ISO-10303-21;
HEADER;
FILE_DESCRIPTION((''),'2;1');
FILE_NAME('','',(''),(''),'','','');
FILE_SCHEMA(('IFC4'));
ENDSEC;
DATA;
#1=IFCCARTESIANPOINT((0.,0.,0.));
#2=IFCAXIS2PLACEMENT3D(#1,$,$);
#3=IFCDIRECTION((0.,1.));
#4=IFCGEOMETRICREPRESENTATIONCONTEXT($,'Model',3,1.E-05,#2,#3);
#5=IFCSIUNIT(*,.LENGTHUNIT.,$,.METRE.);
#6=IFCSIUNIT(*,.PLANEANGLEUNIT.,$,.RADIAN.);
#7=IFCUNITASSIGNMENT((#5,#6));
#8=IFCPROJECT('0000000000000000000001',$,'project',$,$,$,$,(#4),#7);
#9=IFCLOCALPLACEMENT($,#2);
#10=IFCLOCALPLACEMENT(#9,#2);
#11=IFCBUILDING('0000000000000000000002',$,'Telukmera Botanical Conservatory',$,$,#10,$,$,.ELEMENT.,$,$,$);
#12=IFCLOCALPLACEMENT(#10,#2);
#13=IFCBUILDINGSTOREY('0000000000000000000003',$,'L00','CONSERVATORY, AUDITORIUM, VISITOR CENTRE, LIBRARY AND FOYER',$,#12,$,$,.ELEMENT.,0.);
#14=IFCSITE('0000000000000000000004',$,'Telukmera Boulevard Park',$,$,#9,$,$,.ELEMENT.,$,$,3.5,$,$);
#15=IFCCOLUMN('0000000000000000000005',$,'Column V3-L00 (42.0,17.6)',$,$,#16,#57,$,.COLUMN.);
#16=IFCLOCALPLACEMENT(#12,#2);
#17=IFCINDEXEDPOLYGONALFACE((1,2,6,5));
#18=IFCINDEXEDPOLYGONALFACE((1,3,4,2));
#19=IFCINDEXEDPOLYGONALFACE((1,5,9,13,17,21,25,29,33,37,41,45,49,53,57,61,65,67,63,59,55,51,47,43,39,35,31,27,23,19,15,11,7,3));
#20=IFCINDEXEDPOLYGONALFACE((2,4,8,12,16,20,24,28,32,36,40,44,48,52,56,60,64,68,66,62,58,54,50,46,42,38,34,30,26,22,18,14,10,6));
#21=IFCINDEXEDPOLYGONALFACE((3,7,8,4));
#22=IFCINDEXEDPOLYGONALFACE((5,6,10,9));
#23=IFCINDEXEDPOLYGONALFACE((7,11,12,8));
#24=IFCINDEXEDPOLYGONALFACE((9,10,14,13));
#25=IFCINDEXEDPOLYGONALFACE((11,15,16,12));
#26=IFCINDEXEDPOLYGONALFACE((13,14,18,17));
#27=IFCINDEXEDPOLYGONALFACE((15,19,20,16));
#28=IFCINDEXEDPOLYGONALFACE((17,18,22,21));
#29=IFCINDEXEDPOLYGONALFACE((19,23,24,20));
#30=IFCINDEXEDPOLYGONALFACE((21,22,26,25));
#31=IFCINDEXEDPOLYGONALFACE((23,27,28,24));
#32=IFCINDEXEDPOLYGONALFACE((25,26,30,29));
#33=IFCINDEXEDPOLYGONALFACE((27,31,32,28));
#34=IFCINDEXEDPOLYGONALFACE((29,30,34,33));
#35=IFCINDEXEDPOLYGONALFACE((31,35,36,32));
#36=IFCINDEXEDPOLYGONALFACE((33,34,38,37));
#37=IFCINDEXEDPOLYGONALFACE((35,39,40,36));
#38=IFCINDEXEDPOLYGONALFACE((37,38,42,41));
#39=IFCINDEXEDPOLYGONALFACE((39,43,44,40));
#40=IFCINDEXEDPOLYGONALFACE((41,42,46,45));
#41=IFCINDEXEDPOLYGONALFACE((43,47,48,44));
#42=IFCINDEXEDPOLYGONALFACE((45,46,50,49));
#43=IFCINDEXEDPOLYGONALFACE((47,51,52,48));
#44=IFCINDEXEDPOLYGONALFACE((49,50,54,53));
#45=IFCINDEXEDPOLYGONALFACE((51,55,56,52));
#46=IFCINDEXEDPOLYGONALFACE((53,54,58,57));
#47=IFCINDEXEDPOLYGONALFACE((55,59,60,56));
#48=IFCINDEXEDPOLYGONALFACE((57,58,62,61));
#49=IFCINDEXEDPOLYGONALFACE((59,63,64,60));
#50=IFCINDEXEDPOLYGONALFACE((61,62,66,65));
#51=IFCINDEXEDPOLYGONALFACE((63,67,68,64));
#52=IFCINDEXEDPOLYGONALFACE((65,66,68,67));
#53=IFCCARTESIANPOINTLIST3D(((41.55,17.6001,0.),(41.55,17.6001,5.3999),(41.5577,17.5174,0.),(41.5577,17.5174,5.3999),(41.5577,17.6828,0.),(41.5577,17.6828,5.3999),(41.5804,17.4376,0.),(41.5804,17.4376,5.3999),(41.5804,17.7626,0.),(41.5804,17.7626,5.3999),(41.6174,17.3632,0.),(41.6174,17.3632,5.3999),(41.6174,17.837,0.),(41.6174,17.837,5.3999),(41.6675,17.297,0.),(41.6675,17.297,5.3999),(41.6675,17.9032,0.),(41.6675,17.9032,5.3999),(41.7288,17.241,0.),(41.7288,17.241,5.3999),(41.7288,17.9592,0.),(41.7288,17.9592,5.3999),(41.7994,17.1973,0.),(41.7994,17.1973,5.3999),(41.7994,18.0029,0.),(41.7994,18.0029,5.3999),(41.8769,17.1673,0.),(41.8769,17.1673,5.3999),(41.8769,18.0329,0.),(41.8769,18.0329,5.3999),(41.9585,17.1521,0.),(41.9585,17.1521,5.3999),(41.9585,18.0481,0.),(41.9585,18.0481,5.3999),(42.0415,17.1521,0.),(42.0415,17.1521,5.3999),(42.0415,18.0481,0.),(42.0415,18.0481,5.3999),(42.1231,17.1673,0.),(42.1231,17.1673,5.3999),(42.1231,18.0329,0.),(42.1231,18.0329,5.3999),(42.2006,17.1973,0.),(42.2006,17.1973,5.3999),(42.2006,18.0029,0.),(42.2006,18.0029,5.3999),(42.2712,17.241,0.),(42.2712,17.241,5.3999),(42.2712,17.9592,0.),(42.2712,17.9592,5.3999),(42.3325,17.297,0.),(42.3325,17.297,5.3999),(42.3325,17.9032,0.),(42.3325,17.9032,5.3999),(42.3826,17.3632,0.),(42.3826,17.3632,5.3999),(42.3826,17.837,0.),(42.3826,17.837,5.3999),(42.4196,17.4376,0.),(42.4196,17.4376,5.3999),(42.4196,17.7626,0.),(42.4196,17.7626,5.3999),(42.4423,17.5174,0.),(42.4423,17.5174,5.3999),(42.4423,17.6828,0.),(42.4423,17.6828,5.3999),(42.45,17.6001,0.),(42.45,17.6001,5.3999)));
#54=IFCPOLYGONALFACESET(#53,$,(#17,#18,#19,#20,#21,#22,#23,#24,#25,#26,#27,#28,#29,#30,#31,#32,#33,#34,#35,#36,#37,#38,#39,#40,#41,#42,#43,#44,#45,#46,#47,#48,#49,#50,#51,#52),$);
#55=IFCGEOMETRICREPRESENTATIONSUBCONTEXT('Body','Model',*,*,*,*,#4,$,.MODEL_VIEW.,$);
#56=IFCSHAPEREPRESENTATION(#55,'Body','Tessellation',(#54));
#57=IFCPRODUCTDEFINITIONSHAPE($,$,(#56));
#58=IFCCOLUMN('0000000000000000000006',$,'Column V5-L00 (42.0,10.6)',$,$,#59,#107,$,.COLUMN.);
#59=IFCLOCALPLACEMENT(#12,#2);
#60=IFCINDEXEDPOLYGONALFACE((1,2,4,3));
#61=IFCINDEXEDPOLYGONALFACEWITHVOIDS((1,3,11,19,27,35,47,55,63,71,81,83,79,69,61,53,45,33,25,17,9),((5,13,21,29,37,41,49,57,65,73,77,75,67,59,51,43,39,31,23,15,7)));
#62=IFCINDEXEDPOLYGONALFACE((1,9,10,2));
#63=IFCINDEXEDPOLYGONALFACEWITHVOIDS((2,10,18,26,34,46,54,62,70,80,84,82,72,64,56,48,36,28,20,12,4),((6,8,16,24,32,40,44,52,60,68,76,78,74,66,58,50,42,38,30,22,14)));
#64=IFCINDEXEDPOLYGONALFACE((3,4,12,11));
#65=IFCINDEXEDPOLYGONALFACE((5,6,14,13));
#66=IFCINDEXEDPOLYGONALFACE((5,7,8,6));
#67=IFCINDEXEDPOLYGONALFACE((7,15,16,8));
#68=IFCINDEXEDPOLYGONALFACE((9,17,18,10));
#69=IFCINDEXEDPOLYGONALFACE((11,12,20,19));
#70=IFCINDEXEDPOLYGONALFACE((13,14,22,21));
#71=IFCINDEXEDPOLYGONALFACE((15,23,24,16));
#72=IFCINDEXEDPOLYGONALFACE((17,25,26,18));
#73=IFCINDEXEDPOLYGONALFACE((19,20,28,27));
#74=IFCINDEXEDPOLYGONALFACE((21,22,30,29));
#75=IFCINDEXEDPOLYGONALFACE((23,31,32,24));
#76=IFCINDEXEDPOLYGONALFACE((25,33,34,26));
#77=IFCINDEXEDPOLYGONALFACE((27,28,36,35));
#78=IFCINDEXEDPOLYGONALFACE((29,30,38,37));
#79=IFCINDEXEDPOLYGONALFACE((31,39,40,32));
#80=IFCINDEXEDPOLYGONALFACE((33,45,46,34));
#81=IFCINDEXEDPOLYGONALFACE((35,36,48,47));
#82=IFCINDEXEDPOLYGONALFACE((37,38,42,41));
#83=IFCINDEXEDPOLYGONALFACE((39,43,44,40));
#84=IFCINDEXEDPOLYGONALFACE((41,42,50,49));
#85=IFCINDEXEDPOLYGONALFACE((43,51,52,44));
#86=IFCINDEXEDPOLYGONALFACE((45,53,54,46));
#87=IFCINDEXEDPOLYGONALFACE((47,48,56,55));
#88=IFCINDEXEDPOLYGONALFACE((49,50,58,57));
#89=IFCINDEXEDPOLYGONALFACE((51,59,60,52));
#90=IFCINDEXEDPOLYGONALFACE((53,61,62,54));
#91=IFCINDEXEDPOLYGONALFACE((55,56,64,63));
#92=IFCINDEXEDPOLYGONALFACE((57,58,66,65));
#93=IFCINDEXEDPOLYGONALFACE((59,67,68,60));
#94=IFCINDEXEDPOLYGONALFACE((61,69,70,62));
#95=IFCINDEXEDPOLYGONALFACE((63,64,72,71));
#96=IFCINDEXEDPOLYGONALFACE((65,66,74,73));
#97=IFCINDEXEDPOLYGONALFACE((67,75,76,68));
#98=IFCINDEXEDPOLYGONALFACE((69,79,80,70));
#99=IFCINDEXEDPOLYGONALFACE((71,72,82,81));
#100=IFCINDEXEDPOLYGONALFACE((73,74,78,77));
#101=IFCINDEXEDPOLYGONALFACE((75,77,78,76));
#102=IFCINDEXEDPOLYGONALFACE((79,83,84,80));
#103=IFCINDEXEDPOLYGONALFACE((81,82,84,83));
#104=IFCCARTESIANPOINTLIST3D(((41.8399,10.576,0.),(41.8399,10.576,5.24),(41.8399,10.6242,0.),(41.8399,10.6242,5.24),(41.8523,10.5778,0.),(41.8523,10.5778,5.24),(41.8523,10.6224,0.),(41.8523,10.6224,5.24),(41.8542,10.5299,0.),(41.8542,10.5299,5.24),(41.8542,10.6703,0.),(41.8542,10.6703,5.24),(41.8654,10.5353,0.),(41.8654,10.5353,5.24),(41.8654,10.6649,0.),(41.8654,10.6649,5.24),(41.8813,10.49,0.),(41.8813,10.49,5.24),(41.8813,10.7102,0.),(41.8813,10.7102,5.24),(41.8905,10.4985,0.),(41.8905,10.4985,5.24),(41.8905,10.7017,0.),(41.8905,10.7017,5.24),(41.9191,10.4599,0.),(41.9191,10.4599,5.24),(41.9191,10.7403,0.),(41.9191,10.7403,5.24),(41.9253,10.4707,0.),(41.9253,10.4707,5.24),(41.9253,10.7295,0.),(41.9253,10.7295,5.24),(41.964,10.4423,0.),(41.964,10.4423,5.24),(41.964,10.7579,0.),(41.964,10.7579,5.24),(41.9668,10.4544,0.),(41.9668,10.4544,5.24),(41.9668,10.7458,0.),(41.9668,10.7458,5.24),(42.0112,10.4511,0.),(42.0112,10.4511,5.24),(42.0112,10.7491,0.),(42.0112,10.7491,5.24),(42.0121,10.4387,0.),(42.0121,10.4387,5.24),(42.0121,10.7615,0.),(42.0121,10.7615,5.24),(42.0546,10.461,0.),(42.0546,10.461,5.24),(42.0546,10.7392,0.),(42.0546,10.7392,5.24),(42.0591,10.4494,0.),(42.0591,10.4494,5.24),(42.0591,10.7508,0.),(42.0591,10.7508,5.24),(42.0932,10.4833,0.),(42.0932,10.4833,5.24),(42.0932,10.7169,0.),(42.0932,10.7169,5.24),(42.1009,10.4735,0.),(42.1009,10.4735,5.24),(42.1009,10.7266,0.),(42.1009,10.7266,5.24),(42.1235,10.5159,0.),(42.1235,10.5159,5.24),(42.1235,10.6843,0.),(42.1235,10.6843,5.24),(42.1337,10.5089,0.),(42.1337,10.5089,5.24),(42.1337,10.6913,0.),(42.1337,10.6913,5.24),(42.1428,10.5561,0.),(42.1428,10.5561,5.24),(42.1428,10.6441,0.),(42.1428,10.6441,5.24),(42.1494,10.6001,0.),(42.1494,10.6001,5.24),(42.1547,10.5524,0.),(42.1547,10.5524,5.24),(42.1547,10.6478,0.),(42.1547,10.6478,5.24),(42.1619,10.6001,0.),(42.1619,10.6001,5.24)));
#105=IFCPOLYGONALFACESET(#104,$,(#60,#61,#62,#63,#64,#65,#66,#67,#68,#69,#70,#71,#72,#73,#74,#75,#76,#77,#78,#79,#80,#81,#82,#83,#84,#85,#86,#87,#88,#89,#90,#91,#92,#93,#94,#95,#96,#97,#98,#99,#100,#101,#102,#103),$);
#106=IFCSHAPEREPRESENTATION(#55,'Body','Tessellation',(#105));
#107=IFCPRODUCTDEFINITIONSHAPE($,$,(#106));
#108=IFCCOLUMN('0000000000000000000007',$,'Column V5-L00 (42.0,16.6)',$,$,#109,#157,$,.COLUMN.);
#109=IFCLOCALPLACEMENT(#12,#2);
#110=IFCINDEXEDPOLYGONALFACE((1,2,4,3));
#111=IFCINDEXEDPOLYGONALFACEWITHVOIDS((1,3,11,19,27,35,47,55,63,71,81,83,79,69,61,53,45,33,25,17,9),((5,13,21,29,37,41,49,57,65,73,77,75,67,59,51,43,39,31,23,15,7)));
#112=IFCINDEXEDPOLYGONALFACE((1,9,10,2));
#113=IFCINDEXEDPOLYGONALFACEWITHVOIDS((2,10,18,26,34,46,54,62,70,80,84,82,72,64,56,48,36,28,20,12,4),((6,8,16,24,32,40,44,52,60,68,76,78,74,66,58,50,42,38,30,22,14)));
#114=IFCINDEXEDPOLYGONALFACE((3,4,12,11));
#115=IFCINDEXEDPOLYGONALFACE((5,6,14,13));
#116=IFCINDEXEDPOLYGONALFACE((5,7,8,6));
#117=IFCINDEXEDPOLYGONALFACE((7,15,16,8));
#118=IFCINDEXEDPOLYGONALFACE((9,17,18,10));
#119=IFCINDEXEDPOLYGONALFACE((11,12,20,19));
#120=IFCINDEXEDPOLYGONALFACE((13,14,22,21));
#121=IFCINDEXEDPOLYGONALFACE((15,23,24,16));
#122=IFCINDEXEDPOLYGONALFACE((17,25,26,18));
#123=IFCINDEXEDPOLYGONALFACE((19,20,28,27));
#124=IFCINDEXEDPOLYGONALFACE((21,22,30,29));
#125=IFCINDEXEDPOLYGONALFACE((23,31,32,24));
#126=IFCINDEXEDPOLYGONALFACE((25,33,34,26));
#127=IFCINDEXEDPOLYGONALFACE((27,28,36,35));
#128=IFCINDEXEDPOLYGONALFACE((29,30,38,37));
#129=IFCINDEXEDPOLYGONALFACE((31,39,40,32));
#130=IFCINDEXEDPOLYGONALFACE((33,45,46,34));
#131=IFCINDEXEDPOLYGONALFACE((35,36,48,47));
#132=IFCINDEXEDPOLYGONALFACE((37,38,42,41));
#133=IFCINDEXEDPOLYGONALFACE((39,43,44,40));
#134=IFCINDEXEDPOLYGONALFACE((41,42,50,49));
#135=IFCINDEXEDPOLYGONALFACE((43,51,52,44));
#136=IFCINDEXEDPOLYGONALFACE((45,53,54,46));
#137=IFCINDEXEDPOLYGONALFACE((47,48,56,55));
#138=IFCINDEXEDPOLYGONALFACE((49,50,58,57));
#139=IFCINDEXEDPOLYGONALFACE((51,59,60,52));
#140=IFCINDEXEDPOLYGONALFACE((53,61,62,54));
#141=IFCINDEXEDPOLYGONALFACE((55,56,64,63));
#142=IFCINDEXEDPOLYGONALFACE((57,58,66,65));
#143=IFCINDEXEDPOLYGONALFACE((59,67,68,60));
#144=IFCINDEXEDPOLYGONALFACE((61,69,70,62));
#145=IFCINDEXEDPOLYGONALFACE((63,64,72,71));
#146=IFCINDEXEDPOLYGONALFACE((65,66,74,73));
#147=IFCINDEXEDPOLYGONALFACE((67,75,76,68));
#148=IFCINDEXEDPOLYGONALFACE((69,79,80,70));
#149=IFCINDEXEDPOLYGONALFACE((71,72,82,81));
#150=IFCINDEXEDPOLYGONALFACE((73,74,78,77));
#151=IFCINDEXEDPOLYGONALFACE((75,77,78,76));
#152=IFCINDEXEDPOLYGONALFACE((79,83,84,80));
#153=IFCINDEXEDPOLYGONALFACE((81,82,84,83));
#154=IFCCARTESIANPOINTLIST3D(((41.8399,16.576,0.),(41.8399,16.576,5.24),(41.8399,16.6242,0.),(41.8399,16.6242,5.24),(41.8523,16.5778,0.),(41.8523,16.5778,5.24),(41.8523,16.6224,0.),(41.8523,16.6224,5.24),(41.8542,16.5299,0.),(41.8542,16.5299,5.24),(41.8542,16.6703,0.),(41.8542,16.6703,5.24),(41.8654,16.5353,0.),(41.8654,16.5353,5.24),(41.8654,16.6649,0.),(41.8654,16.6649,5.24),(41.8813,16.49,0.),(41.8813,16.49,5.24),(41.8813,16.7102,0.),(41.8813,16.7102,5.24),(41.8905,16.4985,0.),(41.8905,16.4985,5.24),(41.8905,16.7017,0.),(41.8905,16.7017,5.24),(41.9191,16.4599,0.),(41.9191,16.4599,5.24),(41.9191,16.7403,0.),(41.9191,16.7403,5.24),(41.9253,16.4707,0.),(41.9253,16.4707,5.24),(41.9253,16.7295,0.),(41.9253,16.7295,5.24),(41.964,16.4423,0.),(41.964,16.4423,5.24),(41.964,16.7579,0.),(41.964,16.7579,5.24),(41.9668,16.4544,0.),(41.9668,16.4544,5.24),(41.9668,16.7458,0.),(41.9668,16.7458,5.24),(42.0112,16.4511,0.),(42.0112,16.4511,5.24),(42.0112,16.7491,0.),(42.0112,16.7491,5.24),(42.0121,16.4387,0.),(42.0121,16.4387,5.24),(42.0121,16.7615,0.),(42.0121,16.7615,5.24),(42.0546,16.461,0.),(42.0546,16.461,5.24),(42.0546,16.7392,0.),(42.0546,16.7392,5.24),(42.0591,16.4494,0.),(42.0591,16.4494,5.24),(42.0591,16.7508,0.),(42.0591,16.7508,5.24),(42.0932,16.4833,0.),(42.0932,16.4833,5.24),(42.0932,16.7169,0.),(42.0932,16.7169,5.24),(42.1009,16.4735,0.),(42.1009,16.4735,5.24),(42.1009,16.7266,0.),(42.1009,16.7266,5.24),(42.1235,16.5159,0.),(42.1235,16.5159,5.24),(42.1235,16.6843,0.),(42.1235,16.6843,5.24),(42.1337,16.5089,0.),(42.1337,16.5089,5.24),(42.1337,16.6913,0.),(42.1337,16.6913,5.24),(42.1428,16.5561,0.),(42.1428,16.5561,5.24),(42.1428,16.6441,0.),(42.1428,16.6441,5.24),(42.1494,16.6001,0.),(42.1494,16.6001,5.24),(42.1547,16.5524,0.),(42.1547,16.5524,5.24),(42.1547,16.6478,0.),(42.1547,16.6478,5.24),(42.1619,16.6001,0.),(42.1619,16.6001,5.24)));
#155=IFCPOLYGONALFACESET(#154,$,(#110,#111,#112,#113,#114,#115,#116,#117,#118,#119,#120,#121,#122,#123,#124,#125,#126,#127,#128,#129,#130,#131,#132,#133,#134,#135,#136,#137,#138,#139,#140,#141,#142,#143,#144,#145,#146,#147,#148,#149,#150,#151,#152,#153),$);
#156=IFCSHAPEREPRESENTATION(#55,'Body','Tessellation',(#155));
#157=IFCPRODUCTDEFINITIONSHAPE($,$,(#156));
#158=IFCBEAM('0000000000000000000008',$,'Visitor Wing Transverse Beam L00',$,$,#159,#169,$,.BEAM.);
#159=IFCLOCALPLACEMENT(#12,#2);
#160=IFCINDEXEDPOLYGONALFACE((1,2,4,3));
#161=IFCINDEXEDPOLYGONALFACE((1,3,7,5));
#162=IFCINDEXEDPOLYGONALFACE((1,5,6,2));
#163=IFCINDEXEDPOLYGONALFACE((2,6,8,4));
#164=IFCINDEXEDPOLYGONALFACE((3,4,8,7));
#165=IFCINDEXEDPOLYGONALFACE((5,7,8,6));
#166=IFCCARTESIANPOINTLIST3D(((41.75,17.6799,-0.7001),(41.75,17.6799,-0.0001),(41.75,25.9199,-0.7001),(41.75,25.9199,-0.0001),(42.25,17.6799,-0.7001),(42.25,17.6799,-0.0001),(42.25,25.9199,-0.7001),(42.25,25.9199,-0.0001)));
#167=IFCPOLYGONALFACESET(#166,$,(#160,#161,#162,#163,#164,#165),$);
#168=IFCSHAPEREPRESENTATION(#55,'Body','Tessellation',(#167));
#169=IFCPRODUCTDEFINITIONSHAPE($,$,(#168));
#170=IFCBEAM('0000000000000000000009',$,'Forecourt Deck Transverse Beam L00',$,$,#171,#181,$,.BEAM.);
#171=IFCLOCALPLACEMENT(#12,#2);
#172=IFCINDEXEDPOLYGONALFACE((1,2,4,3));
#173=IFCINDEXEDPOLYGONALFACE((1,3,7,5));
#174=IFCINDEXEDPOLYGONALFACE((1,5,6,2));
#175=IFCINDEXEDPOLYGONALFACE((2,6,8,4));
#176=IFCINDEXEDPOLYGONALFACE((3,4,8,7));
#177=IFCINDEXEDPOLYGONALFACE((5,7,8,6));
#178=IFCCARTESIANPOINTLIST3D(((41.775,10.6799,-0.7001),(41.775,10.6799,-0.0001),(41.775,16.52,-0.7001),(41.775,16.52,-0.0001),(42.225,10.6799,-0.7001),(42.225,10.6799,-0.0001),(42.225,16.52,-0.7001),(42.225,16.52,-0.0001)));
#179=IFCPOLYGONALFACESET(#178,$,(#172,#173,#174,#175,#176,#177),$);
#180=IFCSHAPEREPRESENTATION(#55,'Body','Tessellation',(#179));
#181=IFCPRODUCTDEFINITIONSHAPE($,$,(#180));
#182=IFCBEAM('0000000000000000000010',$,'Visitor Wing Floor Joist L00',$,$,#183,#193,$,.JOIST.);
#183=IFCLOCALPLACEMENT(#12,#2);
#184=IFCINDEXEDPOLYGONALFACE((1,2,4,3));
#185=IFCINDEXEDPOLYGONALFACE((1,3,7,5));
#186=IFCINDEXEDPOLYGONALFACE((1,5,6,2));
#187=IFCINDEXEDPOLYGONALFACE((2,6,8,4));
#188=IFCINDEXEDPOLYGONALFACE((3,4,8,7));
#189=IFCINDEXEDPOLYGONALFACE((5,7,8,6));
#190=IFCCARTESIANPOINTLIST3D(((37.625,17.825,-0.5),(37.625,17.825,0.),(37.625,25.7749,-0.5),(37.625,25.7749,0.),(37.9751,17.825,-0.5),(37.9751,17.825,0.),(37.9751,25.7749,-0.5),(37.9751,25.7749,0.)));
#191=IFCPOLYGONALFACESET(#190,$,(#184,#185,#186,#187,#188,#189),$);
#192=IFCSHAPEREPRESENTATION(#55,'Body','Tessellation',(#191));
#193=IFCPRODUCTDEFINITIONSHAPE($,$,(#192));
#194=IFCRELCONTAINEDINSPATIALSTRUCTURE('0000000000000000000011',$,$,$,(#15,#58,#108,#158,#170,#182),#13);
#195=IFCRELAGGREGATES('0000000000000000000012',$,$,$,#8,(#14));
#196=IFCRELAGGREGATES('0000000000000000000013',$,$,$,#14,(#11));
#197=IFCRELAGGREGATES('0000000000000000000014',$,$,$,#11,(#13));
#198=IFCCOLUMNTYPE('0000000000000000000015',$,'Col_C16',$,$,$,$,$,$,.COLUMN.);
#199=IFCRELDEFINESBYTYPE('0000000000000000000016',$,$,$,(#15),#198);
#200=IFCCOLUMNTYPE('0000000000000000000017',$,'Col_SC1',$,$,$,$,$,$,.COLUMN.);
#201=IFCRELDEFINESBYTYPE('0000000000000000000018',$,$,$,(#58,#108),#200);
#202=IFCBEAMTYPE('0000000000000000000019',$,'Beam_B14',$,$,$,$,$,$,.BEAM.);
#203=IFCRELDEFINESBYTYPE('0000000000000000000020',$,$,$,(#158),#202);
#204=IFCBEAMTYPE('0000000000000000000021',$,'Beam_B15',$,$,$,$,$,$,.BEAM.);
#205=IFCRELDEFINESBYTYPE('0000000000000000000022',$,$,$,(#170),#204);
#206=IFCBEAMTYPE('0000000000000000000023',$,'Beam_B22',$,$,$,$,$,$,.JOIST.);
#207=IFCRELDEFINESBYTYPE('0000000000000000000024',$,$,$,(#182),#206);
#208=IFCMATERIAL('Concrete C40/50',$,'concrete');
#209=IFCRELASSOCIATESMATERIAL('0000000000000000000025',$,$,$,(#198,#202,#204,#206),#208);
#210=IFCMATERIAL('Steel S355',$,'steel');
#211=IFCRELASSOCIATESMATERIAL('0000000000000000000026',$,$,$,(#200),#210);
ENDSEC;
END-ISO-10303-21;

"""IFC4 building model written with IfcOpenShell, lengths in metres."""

from ifc_helpers import new_model, si_unit, direction, frame, origin, origin_2d, place, context, subcontext, project, spatial, rectangle, circle, hollow_circle, extrude, material, material_profile, profile_set, type_object, element, save


model = new_model("IFC4")

# Units and contexts
model_context = context("Model", 3, precision=1e-05, world=origin(), true_north=direction((0.0, 1.0)))
body_context = subcontext(model_context, "Body", "Model", "MODEL_VIEW")
ifc_project = project(units=[si_unit("LENGTHUNIT", "METRE"), si_unit("PLANEANGLEUNIT", "RADIAN")], contexts=[model_context])

# Site, building, storey
site_placement = place(None, origin())
site = spatial("IfcSite", under=ifc_project, at=site_placement, Name="Telukmera Boulevard Park", CompositionType="ELEMENT", RefElevation=3.5)
building_placement = place(site_placement, origin())
building = spatial("IfcBuilding", under=site, at=building_placement, Name="Telukmera Botanical Conservatory", CompositionType="ELEMENT")
storey_placement = place(building_placement, origin())
storey = spatial("IfcBuildingStorey", under=building, at=storey_placement, Name="L00", Description="CONSERVATORY, AUDITORIUM, VISITOR CENTRE, LIBRARY AND FOYER", CompositionType="ELEMENT", Elevation=0.0)

# Columns
ifc_material_1 = material(Name="Concrete C40/50", Category="concrete")
ifc_material_profile_1 = material_profile(ifc_material_1, circle(Radius=0.45, at=origin_2d()), Name="RC D900")
ifc_profile_set_1 = profile_set([ifc_material_profile_1], Name="Concrete C40/50")
column_type_1 = type_object("IfcColumnType", Name="Col_C16", PredefinedType="COLUMN", material=ifc_profile_set_1)
column_placement = place(storey_placement, frame((42.0, 17.6001, 0.0), z_axis=(0.0, 0.0, 1.0), x_axis=(1.0, 0.0, 0.0)))
element("IfcColumn", 1, at=column_placement, inside=storey, type_object=column_type_1, Name="Column V3-L00 (42.0,17.6)", PredefinedType="COLUMN", context=body_context, shape_type="SweptSolid", body=[
    extrude(circle(Radius=0.45, at=origin_2d()), origin(), (0.0, 0.0, 1.0), 5.3999),
])
ifc_material_2 = material(Name="Steel S355", Category="steel")
ifc_material_profile_2 = material_profile(ifc_material_2, hollow_circle(Radius=0.1619, WallThickness=0.0125, at=origin_2d()), Name="CHS 323.9x12.5")
ifc_profile_set_2 = profile_set([ifc_material_profile_2], Name="Steel S355")
column_type_2 = type_object("IfcColumnType", Name="Col_SC1", PredefinedType="COLUMN", material=ifc_profile_set_2)
for number, where, z_axis, x_axis, name in (
    (2, (42.0, 10.6001, 0.0), (0.0, 0.0, 1.0), (1.0, 0.0, 0.0), "Column V5-L00 (42.0,10.6)"),
    (3, (42.0, 16.6001, 0.0), (0.0, 0.0, 1.0), (1.0, 0.0, 0.0), "Column V5-L00 (42.0,16.6)"),
):
    element("IfcColumn", number, at=place(storey_placement, frame(where, z_axis=z_axis, x_axis=x_axis)), inside=storey, type_object=column_type_2, Name=name, PredefinedType="COLUMN", context=body_context, shape_type="SweptSolid", body=[
        extrude(hollow_circle(Radius=0.1619, WallThickness=0.0125, at=origin_2d()), origin(), (0.0, 0.0, 1.0), 5.24),
    ])

# Beams
ifc_material_profile_3 = material_profile(ifc_material_1, rectangle(XDim=0.5, YDim=0.7, at=origin_2d()), Name="RC 500x700")
ifc_profile_set_3 = profile_set([ifc_material_profile_3], Name="Concrete C40/50")
beam_type_1 = type_object("IfcBeamType", Name="Beam_B14", PredefinedType="BEAM", material=ifc_profile_set_3)
beam_1_placement = place(storey_placement, frame((42.0, 17.6799, -0.3501), z_axis=(0.0, 1.0, 0.0), x_axis=(-1.0, 0.0, 0.0)))
element("IfcBeam", 4, at=beam_1_placement, inside=storey, type_object=beam_type_1, Name="Visitor Wing Transverse Beam L00", PredefinedType="BEAM", context=body_context, shape_type="SweptSolid", body=[
    extrude(rectangle(XDim=0.5, YDim=0.7, at=origin_2d()), origin(), (0.0, 0.0, 1.0), 8.24),
])
ifc_material_profile_4 = material_profile(ifc_material_1, rectangle(XDim=0.45, YDim=0.7, at=origin_2d()), Name="RC 450x700")
ifc_profile_set_4 = profile_set([ifc_material_profile_4], Name="Concrete C40/50")
beam_type_2 = type_object("IfcBeamType", Name="Beam_B15", PredefinedType="BEAM", material=ifc_profile_set_4)
beam_2_placement = place(storey_placement, frame((42.0, 10.6799, -0.3501), z_axis=(0.0, 1.0, 0.0), x_axis=(-1.0, 0.0, 0.0)))
element("IfcBeam", 5, at=beam_2_placement, inside=storey, type_object=beam_type_2, Name="Forecourt Deck Transverse Beam L00", PredefinedType="BEAM", context=body_context, shape_type="SweptSolid", body=[
    extrude(rectangle(XDim=0.45, YDim=0.7, at=origin_2d()), origin(), (0.0, 0.0, 1.0), 5.8401),
])
ifc_material_profile_5 = material_profile(ifc_material_1, rectangle(XDim=0.3501, YDim=0.5, at=origin_2d()), Name="RC 350x500")
ifc_profile_set_5 = profile_set([ifc_material_profile_5], Name="Concrete C40/50")
beam_type_3 = type_object("IfcBeamType", Name="Beam_B22", PredefinedType="JOIST", material=ifc_profile_set_5)
beam_3_placement = place(storey_placement, frame((37.8, 17.825, -0.25), z_axis=(0.0, 1.0, 0.0), x_axis=(-1.0, 0.0, 0.0)))
element("IfcBeam", 6, at=beam_3_placement, inside=storey, type_object=beam_type_3, Name="Visitor Wing Floor Joist L00", PredefinedType="JOIST", context=body_context, shape_type="SweptSolid", body=[
    extrude(rectangle(XDim=0.3501, YDim=0.5, at=origin_2d()), origin(), (0.0, 0.0, 1.0), 7.95),
])

save(model, "model.ifc")
